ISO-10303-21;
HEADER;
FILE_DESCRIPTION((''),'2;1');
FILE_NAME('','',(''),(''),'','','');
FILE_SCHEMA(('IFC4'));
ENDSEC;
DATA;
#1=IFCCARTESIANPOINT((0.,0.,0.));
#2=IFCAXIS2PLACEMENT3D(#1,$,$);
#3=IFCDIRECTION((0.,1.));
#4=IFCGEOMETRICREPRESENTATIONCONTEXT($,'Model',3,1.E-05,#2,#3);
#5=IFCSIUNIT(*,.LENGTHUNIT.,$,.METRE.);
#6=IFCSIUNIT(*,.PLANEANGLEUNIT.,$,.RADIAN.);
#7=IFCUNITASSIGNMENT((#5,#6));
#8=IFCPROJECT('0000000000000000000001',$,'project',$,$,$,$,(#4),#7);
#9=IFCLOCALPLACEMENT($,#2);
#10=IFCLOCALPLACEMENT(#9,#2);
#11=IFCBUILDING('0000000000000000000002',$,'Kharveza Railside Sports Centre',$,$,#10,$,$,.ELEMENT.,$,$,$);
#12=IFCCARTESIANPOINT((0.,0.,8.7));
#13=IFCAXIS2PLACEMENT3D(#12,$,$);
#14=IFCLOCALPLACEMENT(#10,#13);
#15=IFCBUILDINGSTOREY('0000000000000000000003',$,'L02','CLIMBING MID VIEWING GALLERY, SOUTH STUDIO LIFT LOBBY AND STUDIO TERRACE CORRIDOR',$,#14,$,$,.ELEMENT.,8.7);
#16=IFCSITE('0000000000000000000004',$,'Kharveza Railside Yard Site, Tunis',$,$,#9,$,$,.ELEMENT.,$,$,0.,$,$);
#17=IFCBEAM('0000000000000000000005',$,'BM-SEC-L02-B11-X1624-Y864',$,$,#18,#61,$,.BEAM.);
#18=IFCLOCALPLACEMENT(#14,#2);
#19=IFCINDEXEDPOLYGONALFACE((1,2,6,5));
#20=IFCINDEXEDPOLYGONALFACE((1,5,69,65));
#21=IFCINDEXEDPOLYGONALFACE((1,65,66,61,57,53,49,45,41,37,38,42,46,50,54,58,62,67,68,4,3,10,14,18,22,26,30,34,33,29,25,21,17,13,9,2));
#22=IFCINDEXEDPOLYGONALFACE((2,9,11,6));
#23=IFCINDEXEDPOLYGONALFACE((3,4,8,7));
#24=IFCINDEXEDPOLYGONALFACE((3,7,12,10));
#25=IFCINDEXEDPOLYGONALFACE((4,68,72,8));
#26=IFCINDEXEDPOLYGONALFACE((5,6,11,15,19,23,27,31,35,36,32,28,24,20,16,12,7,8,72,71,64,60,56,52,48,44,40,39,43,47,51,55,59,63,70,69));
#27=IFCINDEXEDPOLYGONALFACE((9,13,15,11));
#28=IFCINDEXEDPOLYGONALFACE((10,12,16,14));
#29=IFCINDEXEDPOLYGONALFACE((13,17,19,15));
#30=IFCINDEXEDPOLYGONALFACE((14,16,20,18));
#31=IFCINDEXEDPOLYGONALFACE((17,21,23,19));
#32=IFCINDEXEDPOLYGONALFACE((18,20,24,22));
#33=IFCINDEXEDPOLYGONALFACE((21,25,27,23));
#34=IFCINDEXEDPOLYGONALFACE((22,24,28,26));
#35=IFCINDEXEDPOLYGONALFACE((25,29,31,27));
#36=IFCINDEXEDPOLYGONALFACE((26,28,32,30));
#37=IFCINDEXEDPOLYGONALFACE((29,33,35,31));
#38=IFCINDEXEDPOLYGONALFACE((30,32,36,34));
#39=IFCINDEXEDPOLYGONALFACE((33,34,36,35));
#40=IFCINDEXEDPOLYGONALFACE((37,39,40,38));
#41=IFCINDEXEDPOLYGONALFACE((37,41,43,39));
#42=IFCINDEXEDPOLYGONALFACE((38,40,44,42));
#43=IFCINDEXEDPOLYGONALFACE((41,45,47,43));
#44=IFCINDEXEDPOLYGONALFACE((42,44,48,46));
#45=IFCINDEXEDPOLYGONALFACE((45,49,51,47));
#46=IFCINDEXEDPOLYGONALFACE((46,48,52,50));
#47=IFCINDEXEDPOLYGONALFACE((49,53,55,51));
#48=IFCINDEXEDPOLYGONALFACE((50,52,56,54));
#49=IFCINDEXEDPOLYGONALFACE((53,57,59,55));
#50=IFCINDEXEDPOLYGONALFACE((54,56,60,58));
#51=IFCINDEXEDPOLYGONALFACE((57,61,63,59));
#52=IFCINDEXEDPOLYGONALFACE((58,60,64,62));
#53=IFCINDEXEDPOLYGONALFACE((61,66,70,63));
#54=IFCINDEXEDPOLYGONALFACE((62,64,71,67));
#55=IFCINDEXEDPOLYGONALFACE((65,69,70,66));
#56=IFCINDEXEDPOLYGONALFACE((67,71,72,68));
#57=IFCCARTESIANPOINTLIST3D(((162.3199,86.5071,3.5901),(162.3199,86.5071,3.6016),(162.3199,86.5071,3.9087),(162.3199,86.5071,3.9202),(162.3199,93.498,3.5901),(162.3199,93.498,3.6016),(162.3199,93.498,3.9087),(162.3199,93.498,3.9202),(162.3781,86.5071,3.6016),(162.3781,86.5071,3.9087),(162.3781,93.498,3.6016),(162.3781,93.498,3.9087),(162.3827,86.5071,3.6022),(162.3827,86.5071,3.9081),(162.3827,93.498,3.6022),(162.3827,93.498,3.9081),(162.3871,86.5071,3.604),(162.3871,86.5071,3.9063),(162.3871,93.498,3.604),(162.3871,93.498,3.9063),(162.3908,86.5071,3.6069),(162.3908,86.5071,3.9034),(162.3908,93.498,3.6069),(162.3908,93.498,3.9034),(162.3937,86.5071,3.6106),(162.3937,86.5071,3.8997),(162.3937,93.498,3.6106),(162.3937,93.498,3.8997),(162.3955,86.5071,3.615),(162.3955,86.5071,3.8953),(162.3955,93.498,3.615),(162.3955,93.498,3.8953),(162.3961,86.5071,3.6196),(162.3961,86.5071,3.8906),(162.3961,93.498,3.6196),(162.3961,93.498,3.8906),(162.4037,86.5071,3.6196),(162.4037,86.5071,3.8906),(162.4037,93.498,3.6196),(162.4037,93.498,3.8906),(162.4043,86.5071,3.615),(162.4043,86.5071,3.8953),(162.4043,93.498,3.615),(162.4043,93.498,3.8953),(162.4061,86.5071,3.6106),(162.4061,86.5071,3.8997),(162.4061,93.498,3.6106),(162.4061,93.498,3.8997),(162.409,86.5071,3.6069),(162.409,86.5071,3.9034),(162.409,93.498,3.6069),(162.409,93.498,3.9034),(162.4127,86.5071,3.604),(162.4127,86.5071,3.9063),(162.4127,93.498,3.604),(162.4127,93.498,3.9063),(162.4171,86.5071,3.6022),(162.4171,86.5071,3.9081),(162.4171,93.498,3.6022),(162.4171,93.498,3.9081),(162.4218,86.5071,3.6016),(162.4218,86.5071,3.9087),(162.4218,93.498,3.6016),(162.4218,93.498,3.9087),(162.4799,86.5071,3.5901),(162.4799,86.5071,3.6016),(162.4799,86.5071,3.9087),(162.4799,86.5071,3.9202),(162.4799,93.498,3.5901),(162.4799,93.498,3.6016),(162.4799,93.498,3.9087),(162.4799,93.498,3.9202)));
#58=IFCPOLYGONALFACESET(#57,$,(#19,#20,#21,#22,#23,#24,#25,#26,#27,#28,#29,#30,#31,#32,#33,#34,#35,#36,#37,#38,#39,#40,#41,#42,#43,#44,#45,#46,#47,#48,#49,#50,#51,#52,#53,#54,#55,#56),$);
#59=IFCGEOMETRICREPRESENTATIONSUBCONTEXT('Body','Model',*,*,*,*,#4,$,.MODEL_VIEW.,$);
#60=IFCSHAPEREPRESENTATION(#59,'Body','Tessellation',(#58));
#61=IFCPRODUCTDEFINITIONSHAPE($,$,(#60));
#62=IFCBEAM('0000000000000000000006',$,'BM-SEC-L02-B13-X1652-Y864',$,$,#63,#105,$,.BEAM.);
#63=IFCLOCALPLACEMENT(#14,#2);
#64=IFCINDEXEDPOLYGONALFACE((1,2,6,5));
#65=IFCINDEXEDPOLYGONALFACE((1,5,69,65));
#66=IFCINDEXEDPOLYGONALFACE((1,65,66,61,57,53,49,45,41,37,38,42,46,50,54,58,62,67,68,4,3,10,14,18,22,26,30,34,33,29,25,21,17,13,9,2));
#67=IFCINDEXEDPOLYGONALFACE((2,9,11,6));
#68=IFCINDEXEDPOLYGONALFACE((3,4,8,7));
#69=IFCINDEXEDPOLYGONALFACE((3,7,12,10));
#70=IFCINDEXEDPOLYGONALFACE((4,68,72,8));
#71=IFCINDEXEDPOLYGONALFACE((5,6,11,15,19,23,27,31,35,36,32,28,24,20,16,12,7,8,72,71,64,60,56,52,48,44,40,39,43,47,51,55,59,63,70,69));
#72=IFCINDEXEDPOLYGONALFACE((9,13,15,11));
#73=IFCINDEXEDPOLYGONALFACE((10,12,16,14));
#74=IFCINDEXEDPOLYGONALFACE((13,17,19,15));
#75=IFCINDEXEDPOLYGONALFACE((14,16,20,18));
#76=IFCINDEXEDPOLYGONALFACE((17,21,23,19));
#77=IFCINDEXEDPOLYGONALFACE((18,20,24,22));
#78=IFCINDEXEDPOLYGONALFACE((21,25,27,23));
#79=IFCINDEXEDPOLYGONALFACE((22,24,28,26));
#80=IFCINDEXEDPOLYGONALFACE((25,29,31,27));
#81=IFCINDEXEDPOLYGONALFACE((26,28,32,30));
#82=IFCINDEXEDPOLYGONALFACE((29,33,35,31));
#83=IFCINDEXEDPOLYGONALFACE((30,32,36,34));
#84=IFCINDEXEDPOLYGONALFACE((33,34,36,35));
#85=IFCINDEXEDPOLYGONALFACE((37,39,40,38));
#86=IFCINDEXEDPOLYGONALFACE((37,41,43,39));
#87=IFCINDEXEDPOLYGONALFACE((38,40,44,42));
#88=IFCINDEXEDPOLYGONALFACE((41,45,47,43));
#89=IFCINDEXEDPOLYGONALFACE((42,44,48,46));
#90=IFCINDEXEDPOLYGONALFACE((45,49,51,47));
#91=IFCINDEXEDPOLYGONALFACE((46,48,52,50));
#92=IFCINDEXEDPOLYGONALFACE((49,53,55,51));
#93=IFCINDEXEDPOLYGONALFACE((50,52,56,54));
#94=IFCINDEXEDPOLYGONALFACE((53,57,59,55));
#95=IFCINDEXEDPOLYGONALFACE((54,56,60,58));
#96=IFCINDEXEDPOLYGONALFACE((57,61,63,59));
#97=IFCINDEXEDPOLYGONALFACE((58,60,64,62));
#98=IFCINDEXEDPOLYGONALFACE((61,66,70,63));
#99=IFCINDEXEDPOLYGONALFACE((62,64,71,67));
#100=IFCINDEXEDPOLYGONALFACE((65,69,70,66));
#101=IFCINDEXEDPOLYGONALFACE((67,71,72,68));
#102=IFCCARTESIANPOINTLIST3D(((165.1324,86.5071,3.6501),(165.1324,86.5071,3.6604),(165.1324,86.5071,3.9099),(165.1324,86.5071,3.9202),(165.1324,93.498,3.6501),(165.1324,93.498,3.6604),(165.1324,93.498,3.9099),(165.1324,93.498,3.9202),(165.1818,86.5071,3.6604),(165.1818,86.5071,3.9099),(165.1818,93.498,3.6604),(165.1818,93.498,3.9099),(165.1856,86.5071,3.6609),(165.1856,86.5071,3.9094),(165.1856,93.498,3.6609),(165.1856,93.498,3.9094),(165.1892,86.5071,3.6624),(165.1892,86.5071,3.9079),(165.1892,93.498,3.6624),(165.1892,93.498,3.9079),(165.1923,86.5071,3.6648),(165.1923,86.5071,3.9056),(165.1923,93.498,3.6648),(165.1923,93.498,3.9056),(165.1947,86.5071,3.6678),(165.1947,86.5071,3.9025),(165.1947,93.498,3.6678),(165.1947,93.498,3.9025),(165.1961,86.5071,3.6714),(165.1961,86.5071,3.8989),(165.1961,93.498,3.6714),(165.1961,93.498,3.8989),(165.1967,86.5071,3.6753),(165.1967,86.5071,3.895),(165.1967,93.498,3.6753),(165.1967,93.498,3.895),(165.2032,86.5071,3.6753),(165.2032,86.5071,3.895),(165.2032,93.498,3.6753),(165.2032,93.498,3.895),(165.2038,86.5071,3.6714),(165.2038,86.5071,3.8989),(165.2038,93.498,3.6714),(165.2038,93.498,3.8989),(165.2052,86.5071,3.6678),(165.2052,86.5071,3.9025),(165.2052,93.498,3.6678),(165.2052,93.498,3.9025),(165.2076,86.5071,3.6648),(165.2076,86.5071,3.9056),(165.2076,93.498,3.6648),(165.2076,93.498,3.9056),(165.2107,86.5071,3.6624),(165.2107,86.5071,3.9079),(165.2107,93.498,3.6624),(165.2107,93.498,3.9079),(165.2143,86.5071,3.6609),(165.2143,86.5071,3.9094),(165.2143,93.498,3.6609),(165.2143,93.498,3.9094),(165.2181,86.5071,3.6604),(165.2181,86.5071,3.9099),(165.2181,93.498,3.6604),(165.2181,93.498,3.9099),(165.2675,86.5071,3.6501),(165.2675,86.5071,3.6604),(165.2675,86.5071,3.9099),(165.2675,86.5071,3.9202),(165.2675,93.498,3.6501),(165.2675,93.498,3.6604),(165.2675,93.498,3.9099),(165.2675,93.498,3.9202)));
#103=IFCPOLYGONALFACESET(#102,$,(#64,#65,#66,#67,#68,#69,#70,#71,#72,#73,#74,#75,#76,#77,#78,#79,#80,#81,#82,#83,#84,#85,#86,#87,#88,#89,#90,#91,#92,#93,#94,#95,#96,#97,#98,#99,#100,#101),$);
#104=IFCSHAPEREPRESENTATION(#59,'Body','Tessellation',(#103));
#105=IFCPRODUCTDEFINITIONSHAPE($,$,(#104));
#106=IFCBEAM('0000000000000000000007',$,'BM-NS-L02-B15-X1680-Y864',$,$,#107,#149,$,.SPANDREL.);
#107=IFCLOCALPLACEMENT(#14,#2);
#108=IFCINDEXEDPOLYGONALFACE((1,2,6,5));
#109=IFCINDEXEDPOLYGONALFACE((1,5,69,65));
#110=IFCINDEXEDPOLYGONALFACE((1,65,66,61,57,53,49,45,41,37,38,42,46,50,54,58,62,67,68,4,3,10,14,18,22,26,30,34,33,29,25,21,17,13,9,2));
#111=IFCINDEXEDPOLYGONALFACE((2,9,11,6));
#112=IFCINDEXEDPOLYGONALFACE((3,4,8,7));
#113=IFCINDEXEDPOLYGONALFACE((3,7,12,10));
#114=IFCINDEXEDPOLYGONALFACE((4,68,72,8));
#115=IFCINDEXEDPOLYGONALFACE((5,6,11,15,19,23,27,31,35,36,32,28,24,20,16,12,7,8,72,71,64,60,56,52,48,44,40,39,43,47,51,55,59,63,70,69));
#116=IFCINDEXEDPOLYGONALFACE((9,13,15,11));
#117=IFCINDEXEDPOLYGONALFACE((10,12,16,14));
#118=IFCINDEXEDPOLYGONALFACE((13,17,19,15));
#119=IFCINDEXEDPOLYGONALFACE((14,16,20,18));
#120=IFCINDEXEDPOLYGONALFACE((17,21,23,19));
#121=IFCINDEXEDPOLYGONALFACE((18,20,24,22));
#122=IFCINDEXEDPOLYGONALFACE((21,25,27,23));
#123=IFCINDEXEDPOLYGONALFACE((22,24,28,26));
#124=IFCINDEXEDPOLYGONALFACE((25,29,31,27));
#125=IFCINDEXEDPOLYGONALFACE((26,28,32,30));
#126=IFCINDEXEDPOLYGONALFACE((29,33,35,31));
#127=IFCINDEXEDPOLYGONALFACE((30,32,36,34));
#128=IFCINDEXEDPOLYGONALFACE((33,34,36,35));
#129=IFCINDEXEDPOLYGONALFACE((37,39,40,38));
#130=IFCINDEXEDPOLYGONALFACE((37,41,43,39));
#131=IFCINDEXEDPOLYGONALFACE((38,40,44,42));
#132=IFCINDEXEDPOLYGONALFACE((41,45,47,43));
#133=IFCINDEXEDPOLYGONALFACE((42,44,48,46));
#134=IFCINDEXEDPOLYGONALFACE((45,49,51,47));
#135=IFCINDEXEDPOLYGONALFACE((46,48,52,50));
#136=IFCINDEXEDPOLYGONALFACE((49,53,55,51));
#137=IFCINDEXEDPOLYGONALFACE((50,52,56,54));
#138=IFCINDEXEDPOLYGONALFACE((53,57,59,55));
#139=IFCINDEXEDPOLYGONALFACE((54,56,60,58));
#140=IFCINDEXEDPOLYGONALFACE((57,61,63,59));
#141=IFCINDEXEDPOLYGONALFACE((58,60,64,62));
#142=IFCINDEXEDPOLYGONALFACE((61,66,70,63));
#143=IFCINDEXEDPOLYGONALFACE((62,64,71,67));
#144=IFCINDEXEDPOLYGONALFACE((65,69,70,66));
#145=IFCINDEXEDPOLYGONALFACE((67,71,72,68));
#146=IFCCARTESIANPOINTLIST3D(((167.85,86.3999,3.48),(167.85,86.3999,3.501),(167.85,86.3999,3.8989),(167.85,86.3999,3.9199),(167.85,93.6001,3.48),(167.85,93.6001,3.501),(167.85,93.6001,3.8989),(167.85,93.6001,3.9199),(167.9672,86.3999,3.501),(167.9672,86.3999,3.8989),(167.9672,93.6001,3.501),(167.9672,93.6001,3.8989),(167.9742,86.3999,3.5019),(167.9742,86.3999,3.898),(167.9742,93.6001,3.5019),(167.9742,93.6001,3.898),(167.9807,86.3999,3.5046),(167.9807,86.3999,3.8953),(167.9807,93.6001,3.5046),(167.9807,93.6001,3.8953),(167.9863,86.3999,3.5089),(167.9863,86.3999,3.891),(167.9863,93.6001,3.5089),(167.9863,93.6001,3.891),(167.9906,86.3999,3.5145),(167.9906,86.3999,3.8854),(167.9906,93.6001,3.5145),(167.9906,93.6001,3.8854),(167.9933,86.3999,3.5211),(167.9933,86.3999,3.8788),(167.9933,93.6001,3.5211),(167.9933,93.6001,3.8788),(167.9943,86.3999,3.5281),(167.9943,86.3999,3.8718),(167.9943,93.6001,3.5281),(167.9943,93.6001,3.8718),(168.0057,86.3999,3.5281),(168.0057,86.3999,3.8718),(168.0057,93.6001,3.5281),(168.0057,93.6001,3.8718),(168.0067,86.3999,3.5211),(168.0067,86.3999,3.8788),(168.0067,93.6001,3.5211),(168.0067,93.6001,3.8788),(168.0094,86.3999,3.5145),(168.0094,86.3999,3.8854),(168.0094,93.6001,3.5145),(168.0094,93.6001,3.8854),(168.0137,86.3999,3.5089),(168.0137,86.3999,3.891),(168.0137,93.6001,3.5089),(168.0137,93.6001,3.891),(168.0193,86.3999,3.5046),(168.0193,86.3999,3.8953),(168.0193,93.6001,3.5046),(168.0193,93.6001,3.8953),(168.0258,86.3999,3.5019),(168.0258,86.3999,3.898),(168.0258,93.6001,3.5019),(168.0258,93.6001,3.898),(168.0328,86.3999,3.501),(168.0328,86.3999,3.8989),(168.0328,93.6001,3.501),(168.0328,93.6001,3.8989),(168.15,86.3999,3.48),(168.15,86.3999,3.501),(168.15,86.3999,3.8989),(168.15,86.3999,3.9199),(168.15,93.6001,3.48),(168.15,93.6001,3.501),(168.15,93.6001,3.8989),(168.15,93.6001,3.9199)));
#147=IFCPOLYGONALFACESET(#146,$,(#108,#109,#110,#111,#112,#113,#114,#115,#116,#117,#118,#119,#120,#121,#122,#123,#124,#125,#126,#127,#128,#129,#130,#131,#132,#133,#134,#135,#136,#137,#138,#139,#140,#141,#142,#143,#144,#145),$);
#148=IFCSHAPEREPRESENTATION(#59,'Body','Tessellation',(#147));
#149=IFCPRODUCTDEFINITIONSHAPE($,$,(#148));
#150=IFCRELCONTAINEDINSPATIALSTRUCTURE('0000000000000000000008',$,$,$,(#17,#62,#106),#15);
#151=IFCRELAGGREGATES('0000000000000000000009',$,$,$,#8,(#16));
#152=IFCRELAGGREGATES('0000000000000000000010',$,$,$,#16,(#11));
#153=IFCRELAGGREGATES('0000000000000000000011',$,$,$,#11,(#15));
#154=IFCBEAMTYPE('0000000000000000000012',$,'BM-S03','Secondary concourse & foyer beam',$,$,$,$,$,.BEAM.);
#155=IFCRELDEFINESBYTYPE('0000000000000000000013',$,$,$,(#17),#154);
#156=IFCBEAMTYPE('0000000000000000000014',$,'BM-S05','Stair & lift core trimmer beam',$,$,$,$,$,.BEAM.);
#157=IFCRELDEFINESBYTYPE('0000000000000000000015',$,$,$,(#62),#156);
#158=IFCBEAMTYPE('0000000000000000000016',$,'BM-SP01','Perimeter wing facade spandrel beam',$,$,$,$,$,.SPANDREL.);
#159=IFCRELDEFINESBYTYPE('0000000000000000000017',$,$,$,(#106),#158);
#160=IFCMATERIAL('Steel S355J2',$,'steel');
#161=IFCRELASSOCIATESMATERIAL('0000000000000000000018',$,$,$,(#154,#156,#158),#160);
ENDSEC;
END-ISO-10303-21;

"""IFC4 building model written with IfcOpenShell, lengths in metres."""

from ifc_helpers import new_model, si_unit, direction, frame, origin, origin_2d, place, context, subcontext, project, spatial, i_section, extrude, material, material_profile, profile_set, type_object, element, save


model = new_model("IFC4")

# Units and contexts
model_context = context("Model", 3, precision=1e-05, world=origin(), true_north=direction((0.0, 1.0)))
body_context = subcontext(model_context, "Body", "Model", "MODEL_VIEW")
ifc_project = project(units=[si_unit("LENGTHUNIT", "METRE"), si_unit("PLANEANGLEUNIT", "RADIAN")], contexts=[model_context])

# Site, building, storey
site_placement = place(None, origin())
site = spatial("IfcSite", under=ifc_project, at=site_placement, Name="Kharveza Railside Yard Site, Tunis", CompositionType="ELEMENT", RefElevation=0.0)
building_placement = place(site_placement, origin())
building = spatial("IfcBuilding", under=site, at=building_placement, Name="Kharveza Railside Sports Centre", CompositionType="ELEMENT")
storey_placement = place(building_placement, frame((0.0, 0.0, 8.7)))
storey = spatial("IfcBuildingStorey", under=building, at=storey_placement, Name="L02", Description="CLIMBING MID VIEWING GALLERY, SOUTH STUDIO LIFT LOBBY AND STUDIO TERRACE CORRIDOR", CompositionType="ELEMENT", Elevation=8.7)

# Shared definitions
ifc_material_1 = material(Name="Steel S355J2", Category="steel")

# Beams
ifc_material_profile_1 = material_profile(ifc_material_1, i_section(OverallWidth=0.1599, OverallDepth=0.3301, WebThickness=0.0076, FlangeThickness=0.0115, FilletRadius=0.0181, at=origin_2d()), Name="IPE 330")
ifc_profile_set_1 = profile_set([ifc_material_profile_1], Name="Steel S355J2")
beam_type_1 = type_object("IfcBeamType", Name="BM-S03", Description="Secondary concourse & foyer beam", PredefinedType="BEAM", material=ifc_profile_set_1)
beam_1_placement = place(storey_placement, frame((162.3999, 86.5071, 3.7551), z_axis=(0.0, 1.0, 0.0), x_axis=(-1.0, 0.0, 0.0)))
element("IfcBeam", 1, at=beam_1_placement, inside=storey, type_object=beam_type_1, Name="BM-SEC-L02-B11-X1624-Y864", PredefinedType="BEAM", context=body_context, shape_type="SweptSolid", body=[
    extrude(i_section(OverallWidth=0.1599, OverallDepth=0.3301, WebThickness=0.0076, FlangeThickness=0.0115, FilletRadius=0.0181, at=origin_2d()), origin(), (0.0, 0.0, 1.0), 6.991),
])
ifc_material_profile_2 = material_profile(ifc_material_1, i_section(OverallWidth=0.135, OverallDepth=0.27, WebThickness=0.0066, FlangeThickness=0.0103, FilletRadius=0.0149, at=origin_2d()), Name="IPE 270")
ifc_profile_set_2 = profile_set([ifc_material_profile_2], Name="Steel S355J2")
beam_type_2 = type_object("IfcBeamType", Name="BM-S05", Description="Stair & lift core trimmer beam", PredefinedType="BEAM", material=ifc_profile_set_2)
beam_2_placement = place(storey_placement, frame((165.2, 86.5071, 3.7852), z_axis=(0.0, 1.0, 0.0), x_axis=(-1.0, 0.0, 0.0)))
element("IfcBeam", 2, at=beam_2_placement, inside=storey, type_object=beam_type_2, Name="BM-SEC-L02-B13-X1652-Y864", PredefinedType="BEAM", context=body_context, shape_type="SweptSolid", body=[
    extrude(i_section(OverallWidth=0.135, OverallDepth=0.27, WebThickness=0.0066, FlangeThickness=0.0103, FilletRadius=0.0149, at=origin_2d()), origin(), (0.0, 0.0, 1.0), 6.991),
])
ifc_material_profile_3 = material_profile(ifc_material_1, i_section(OverallWidth=0.3, OverallDepth=0.4399, WebThickness=0.0115, FlangeThickness=0.021, FilletRadius=0.0271, at=origin_2d()), Name="HEA 450")
ifc_profile_set_3 = profile_set([ifc_material_profile_3], Name="Steel S355J2")
beam_type_3 = type_object("IfcBeamType", Name="BM-SP01", Description="Perimeter wing facade spandrel beam", PredefinedType="SPANDREL", material=ifc_profile_set_3)
beam_3_placement = place(storey_placement, frame((168.0, 86.3999, 3.7), z_axis=(0.0, 1.0, 0.0), x_axis=(-1.0, 0.0, 0.0)))
element("IfcBeam", 3, at=beam_3_placement, inside=storey, type_object=beam_type_3, Name="BM-NS-L02-B15-X1680-Y864", PredefinedType="SPANDREL", context=body_context, shape_type="SweptSolid", body=[
    extrude(i_section(OverallWidth=0.3, OverallDepth=0.4399, WebThickness=0.0115, FlangeThickness=0.021, FilletRadius=0.0271, at=origin_2d()), origin(), (0.0, 0.0, 1.0), 7.2002),
])

save(model, "model.ifc")
